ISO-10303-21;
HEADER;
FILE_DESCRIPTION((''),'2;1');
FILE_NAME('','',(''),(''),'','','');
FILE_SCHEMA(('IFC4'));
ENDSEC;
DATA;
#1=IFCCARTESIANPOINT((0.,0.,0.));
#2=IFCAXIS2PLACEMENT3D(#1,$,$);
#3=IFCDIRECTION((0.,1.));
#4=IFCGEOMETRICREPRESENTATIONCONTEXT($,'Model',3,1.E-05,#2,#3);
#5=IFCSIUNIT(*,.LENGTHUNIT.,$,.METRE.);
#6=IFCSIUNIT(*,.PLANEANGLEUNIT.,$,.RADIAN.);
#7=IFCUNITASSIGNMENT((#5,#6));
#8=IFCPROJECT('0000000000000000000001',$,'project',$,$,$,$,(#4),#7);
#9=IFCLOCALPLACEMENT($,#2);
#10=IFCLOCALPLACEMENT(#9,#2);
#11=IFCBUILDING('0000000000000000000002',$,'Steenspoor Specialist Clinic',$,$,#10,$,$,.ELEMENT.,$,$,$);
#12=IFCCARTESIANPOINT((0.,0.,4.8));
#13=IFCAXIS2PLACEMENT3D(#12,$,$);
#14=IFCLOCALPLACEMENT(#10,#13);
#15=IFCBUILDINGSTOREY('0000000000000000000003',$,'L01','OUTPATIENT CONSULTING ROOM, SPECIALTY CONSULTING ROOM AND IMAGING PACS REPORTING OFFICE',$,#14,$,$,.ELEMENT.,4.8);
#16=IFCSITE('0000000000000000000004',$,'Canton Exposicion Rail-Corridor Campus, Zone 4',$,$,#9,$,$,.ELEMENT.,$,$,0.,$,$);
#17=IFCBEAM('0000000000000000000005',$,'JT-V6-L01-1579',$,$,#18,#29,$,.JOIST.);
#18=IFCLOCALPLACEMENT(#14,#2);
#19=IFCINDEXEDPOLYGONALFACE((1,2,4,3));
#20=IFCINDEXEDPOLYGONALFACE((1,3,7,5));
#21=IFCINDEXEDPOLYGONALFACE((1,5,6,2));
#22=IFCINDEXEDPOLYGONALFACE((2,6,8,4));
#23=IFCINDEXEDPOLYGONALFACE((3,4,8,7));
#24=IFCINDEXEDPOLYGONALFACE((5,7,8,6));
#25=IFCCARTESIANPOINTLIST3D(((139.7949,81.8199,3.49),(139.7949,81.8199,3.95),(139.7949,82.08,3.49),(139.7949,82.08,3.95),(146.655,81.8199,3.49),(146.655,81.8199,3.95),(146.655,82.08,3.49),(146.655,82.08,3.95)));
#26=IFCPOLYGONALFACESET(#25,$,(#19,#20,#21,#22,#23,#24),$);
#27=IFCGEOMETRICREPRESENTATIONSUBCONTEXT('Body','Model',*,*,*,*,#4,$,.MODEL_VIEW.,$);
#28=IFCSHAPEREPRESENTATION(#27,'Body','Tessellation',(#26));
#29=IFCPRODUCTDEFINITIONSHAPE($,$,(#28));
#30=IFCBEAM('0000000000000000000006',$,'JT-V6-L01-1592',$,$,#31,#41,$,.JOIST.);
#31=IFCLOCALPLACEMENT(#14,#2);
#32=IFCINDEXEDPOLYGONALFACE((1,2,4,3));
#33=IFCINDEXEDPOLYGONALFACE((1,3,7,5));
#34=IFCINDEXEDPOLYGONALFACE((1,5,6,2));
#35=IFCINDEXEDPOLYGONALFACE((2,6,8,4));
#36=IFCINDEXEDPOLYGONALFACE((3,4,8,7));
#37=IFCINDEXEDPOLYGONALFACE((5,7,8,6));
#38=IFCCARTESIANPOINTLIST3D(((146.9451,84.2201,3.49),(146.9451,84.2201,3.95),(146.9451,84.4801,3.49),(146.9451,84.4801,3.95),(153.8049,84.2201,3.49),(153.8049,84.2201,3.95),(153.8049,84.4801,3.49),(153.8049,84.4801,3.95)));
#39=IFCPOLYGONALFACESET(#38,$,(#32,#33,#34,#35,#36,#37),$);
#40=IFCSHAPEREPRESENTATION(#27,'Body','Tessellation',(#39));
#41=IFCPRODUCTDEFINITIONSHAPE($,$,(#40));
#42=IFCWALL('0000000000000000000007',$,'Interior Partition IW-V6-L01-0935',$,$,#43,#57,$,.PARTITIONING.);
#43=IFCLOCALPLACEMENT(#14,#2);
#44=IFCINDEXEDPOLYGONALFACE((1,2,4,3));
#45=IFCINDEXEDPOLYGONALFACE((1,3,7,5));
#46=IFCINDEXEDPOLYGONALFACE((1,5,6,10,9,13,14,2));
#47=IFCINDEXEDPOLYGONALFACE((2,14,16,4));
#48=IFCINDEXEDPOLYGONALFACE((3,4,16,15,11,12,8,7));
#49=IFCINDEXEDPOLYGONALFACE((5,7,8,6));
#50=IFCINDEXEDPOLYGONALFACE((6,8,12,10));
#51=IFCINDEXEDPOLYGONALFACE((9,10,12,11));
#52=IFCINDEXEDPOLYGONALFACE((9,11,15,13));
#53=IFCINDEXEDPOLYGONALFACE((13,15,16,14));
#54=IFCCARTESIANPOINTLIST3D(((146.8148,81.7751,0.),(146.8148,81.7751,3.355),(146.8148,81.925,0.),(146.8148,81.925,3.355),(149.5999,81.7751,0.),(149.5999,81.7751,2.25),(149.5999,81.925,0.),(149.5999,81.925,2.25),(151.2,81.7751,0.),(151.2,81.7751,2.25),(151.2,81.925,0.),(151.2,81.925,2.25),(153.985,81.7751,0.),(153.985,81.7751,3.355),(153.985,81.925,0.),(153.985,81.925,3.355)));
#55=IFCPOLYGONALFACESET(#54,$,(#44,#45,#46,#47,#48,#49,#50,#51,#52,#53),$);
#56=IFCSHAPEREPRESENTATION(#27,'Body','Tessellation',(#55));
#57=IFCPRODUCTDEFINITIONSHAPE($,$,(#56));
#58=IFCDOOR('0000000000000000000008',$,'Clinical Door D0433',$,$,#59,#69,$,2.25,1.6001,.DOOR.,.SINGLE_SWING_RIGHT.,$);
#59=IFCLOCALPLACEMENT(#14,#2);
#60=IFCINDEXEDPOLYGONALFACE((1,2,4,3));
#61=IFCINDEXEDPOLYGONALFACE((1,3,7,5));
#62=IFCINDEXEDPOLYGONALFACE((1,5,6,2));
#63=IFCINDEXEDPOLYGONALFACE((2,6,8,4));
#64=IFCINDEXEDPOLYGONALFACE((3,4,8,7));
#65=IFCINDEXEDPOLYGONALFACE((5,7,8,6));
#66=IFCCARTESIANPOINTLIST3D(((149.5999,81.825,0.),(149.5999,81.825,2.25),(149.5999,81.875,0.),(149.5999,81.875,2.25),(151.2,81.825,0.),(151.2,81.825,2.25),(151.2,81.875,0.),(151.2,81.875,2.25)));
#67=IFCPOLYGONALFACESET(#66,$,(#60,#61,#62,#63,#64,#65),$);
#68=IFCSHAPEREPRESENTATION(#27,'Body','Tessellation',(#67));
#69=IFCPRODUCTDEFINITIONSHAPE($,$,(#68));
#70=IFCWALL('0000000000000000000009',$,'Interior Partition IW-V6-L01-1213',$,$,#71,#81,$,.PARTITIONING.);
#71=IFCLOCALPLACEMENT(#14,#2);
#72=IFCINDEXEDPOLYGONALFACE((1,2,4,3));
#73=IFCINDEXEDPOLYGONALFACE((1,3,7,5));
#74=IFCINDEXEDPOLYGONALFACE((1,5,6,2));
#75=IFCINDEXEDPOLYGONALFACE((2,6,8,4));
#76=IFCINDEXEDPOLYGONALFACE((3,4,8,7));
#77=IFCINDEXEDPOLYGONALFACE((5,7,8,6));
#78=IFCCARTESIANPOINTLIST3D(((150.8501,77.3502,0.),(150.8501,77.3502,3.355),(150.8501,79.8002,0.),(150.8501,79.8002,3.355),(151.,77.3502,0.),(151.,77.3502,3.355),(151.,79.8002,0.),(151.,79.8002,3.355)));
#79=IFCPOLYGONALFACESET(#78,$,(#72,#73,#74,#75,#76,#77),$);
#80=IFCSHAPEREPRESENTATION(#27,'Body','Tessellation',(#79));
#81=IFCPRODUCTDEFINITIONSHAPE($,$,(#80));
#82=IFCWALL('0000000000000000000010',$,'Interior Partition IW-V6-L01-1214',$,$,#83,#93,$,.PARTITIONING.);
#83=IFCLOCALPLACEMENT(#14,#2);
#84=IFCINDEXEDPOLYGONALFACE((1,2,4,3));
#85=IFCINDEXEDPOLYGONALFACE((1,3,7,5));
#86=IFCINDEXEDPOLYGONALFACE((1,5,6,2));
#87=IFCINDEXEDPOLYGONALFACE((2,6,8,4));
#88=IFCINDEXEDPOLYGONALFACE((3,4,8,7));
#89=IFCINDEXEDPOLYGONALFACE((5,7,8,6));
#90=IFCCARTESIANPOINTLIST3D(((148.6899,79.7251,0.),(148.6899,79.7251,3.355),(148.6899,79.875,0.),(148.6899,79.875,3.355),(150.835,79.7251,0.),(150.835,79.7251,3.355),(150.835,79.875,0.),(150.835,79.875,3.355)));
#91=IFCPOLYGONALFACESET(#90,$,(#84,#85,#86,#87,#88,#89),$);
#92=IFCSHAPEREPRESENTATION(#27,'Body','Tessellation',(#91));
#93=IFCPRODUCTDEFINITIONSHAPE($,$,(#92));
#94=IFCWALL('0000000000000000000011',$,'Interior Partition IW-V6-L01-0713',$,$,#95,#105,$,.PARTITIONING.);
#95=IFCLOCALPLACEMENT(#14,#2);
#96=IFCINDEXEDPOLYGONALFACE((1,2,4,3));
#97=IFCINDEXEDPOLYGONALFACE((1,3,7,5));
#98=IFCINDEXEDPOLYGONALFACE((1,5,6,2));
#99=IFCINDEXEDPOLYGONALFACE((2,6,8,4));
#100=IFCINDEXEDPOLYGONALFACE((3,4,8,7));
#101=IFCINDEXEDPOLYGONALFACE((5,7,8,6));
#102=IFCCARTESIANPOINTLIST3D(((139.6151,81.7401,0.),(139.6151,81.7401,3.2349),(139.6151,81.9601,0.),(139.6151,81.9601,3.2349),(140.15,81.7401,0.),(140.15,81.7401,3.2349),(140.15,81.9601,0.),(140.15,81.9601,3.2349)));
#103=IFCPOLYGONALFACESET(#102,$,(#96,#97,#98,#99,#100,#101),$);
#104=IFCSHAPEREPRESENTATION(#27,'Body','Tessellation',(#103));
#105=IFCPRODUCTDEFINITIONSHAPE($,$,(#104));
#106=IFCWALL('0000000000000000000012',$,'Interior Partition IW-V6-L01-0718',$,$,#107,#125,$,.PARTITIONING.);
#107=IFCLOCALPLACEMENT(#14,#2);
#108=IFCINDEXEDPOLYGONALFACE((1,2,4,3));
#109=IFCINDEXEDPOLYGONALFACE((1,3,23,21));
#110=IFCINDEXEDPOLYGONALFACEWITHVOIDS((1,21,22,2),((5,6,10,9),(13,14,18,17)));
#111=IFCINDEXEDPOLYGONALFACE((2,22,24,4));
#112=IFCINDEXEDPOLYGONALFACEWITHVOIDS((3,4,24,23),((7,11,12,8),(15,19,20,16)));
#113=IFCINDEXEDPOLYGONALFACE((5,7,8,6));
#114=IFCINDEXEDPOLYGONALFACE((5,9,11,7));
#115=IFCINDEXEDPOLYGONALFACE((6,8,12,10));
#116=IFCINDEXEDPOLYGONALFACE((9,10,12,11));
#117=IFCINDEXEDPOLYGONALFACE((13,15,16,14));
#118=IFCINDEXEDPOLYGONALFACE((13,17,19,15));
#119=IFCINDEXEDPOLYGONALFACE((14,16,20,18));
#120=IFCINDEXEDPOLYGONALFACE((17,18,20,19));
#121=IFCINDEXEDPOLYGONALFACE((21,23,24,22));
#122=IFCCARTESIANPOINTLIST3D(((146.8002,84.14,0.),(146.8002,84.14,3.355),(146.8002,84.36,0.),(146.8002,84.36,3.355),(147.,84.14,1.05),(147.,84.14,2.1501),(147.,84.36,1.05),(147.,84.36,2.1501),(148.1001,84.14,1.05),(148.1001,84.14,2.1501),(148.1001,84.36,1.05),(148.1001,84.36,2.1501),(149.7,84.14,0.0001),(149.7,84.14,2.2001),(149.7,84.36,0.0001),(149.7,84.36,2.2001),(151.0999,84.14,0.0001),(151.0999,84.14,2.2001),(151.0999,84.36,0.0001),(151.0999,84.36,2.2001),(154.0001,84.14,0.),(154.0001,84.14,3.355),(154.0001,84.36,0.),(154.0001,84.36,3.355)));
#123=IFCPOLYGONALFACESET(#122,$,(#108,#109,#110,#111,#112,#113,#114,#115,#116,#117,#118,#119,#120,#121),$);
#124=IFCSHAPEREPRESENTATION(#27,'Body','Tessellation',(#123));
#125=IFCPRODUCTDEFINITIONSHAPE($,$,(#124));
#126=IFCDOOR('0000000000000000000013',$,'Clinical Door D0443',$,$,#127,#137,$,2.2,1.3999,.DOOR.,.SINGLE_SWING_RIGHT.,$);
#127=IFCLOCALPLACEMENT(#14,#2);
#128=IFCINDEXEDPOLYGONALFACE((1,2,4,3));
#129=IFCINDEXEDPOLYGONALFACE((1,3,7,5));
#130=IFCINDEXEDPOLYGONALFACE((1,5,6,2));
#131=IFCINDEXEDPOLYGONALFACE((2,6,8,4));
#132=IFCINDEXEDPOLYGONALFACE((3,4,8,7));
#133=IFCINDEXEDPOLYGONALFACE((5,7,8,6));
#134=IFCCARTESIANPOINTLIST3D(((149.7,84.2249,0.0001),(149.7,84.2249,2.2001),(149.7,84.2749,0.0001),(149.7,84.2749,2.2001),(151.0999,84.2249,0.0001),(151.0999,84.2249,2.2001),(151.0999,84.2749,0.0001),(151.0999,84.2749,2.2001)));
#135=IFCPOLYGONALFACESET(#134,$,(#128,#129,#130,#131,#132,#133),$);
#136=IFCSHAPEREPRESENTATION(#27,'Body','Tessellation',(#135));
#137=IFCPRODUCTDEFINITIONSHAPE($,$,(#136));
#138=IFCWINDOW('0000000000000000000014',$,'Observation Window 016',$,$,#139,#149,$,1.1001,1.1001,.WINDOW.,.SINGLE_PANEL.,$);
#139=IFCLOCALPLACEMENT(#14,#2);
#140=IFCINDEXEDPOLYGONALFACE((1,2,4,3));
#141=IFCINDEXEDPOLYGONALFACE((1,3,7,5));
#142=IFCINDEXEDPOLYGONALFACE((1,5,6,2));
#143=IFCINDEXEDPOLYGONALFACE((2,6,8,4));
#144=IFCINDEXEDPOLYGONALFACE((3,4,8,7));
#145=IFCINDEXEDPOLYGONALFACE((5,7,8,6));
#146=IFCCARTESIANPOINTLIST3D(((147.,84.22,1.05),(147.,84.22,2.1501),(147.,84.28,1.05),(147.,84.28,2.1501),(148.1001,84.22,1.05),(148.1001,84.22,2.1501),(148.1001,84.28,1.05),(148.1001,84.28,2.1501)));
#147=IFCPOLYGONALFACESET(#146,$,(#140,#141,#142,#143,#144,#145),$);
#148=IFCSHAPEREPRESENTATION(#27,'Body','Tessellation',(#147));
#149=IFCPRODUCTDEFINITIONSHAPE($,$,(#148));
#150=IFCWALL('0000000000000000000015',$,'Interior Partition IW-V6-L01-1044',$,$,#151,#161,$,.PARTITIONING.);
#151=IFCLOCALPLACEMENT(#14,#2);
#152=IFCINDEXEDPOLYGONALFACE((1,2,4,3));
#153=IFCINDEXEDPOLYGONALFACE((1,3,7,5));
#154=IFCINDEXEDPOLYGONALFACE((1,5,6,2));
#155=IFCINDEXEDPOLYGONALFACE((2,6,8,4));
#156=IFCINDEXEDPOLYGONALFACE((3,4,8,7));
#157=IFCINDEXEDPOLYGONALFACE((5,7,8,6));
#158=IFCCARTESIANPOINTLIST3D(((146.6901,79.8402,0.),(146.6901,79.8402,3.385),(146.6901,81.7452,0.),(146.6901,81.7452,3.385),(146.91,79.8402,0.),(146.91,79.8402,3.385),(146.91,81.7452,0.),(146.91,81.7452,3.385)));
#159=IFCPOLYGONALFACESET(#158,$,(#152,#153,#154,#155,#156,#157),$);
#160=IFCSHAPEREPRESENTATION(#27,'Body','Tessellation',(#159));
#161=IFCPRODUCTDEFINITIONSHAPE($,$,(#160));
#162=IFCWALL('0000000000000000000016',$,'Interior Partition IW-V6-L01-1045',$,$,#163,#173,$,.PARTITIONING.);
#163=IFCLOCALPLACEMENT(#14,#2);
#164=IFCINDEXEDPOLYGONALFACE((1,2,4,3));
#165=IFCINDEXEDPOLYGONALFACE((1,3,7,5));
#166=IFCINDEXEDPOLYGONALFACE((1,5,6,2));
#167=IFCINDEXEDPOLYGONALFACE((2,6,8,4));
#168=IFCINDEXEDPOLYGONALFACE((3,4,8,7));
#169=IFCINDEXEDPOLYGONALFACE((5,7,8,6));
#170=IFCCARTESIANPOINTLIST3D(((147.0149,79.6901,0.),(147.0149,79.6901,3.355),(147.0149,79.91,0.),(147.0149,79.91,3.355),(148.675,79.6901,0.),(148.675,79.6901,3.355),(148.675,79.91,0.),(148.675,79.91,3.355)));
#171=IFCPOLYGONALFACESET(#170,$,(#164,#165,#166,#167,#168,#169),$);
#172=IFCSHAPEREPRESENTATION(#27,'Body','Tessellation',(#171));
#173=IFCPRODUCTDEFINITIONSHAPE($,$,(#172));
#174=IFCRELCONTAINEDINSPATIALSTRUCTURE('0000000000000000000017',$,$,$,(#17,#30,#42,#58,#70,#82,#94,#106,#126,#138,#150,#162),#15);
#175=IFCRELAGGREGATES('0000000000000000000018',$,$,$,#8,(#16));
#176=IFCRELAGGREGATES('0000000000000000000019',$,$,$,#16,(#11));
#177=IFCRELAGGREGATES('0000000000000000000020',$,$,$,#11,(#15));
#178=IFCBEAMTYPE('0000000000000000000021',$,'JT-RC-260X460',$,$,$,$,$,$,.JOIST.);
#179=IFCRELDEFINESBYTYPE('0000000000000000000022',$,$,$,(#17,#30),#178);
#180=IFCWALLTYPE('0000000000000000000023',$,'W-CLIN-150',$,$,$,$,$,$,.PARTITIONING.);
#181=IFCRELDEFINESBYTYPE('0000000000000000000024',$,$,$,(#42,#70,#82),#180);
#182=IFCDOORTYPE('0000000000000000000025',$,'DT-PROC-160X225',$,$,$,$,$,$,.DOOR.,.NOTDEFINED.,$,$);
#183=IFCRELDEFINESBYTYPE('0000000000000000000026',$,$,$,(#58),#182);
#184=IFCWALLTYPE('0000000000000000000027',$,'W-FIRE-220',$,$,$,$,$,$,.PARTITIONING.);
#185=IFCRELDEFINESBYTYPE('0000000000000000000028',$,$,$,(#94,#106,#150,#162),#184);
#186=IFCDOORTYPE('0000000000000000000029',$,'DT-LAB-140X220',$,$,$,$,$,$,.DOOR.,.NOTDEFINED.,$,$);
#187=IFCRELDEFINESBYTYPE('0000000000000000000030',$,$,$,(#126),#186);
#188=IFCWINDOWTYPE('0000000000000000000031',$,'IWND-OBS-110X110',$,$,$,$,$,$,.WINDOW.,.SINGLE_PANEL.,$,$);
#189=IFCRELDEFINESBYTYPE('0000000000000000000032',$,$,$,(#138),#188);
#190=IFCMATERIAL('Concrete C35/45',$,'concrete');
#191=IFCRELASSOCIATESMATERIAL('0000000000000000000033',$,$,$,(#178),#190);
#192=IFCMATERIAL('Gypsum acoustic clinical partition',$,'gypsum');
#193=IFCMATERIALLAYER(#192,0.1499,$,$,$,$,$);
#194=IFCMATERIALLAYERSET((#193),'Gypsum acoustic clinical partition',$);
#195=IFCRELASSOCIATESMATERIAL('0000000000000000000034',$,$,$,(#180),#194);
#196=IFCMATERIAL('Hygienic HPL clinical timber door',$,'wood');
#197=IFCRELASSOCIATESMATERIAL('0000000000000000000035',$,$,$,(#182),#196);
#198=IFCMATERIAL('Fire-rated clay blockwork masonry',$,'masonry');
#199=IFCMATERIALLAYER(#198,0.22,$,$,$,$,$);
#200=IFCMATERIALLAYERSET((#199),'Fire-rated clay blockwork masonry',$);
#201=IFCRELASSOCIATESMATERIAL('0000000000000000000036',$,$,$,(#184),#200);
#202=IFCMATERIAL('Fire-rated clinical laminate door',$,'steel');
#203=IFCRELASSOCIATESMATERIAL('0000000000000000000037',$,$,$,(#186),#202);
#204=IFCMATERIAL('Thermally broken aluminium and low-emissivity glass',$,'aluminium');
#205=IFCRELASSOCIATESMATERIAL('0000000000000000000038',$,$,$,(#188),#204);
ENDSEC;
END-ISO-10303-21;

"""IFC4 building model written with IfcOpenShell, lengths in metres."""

from ifc_helpers import new_model, si_unit, direction, frame, frame_2d, origin, origin_2d, place, context, subcontext, project, spatial, rectangle, extrude, material, layer, layer_set, material_profile, profile_set, type_object, element, fill, save


model = new_model("IFC4")

# Units and contexts
model_context = context("Model", 3, precision=1e-05, world=origin(), true_north=direction((0.0, 1.0)))
body_context = subcontext(model_context, "Body", "Model", "MODEL_VIEW")
ifc_project = project(units=[si_unit("LENGTHUNIT", "METRE"), si_unit("PLANEANGLEUNIT", "RADIAN")], contexts=[model_context])

# Site, building, storey
site_placement = place(None, origin())
site = spatial("IfcSite", under=ifc_project, at=site_placement, Name="Canton Exposicion Rail-Corridor Campus, Zone 4", CompositionType="ELEMENT", RefElevation=0.0)
building_placement = place(site_placement, origin())
building = spatial("IfcBuilding", under=site, at=building_placement, Name="Steenspoor Specialist Clinic", CompositionType="ELEMENT")
storey_placement = place(building_placement, frame((0.0, 0.0, 4.8)))
storey = spatial("IfcBuildingStorey", under=building, at=storey_placement, Name="L01", Description="OUTPATIENT CONSULTING ROOM, SPECIALTY CONSULTING ROOM AND IMAGING PACS REPORTING OFFICE", CompositionType="ELEMENT", Elevation=4.8)

# Beams
ifc_material_1 = material(Name="Concrete C35/45", Category="concrete")
ifc_material_profile_1 = material_profile(ifc_material_1, rectangle(XDim=0.26, YDim=0.46, at=origin_2d()), Name="RC-JT-260X460")
ifc_profile_set_1 = profile_set([ifc_material_profile_1], Name="Concrete C35/45")
beam_type_1 = type_object("IfcBeamType", Name="JT-RC-260X460", PredefinedType="JOIST", material=ifc_profile_set_1)
beam_1_placement = place(storey_placement, frame((139.7949, 81.95, 3.72), z_axis=(1.0, 0.0, 0.0), x_axis=(0.0, 1.0, 0.0)))
element("IfcBeam", 1, at=beam_1_placement, inside=storey, type_object=beam_type_1, Name="JT-V6-L01-1579", PredefinedType="JOIST", context=body_context, shape_type="SweptSolid", body=[
    extrude(rectangle(XDim=0.26, YDim=0.46, at=origin_2d()), origin(), (0.0, 0.0, 1.0), 6.8601),
])
beam_2_placement = place(storey_placement, frame((146.9451, 84.3501, 3.72), z_axis=(1.0, 0.0, 0.0), x_axis=(0.0, 1.0, 0.0)))
element("IfcBeam", 2, at=beam_2_placement, inside=storey, type_object=beam_type_1, Name="JT-V6-L01-1592", PredefinedType="JOIST", context=body_context, shape_type="SweptSolid", body=[
    extrude(rectangle(XDim=0.26, YDim=0.46, at=origin_2d()), origin(), (0.0, 0.0, 1.0), 6.8599),
])

# Wall, opening, door
ifc_material_2 = material(Name="Gypsum acoustic clinical partition", Category="gypsum")
ifc_layer_1 = layer(ifc_material_2, 0.1499)
ifc_layer_set_1 = layer_set([ifc_layer_1], Name="Gypsum acoustic clinical partition")
wall_type_1 = type_object("IfcWallType", Name="W-CLIN-150", PredefinedType="PARTITIONING", material=ifc_layer_set_1)
wall_1_placement = place(storey_placement, frame((146.8149, 81.8501, 0.0), z_axis=(0.0, 0.0, 1.0), x_axis=(1.0, 0.0, 0.0)))
wall_1 = element("IfcWall", 3, at=wall_1_placement, inside=storey, type_object=wall_type_1, Name="Interior Partition IW-V6-L01-0935", PredefinedType="PARTITIONING", context=body_context, shape_type="SweptSolid", body=[
    extrude(rectangle(XDim=7.1702, YDim=0.1499, at=frame_2d((3.585, 0.0))), origin(), (0.0, 0.0, 1.0), 3.355),
])
opening_1_placement = place(wall_1_placement, frame((2.7849, 0.0, 0.0)))
opening_1 = element("IfcOpeningElement", 4, at=opening_1_placement, cuts=wall_1, PredefinedType="OPENING", context=body_context, shape_type="SweptSolid", body=[
    extrude(rectangle(XDim=1.6001, YDim=2.25, at=frame_2d((0.8, 1.125))), frame((0.0, 0.085, 0.0), z_axis=(0.0, -1.0, 0.0), x_axis=(1.0, 0.0, 0.0)), (0.0, 0.0, 1.0), 0.1699),
])
ifc_material_3 = material(Name="Hygienic HPL clinical timber door", Category="wood")
door_type_1 = type_object("IfcDoorType", Name="DT-PROC-160X225", OperationType="NOTDEFINED", PredefinedType="DOOR", material=ifc_material_3)
door_1_placement = place(opening_1_placement, origin())
door_1 = element("IfcDoor", 5, at=door_1_placement, inside=storey, type_object=door_type_1, Name="Clinical Door D0433", OperationType="SINGLE_SWING_RIGHT", OverallHeight=2.25, OverallWidth=1.6001, PredefinedType="DOOR", context=body_context, shape_type="SweptSolid", body=[
    extrude(rectangle(XDim=1.6001, YDim=2.25, at=frame_2d((0.8, 1.125))), frame((0.0, 0.0249, 0.0), z_axis=(0.0, -1.0, 0.0), x_axis=(1.0, 0.0, 0.0)), (0.0, 0.0, 1.0), 0.05),
])
fill(opening_1, door_1)

# Walls
wall_2_placement = place(storey_placement, frame((150.925, 77.3501, 0.0), z_axis=(0.0, 0.0, 1.0), x_axis=(0.0, 1.0, 0.0)))
element("IfcWall", 6, at=wall_2_placement, inside=storey, type_object=wall_type_1, Name="Interior Partition IW-V6-L01-1213", PredefinedType="PARTITIONING", context=body_context, shape_type="SweptSolid", body=[
    extrude(rectangle(XDim=2.45, YDim=0.1499, at=frame_2d((1.2251, 0.0))), origin(), (0.0, 0.0, 1.0), 3.355),
])
wall_3_placement = place(storey_placement, frame((148.6899, 79.8, 0.0), z_axis=(0.0, 0.0, 1.0), x_axis=(1.0, 0.0, 0.0)))
element("IfcWall", 7, at=wall_3_placement, inside=storey, type_object=wall_type_1, Name="Interior Partition IW-V6-L01-1214", PredefinedType="PARTITIONING", context=body_context, shape_type="SweptSolid", body=[
    extrude(rectangle(XDim=2.145, YDim=0.1499, at=frame_2d((1.0725, 0.0))), origin(), (0.0, 0.0, 1.0), 3.355),
])
ifc_material_4 = material(Name="Fire-rated clay blockwork masonry", Category="masonry")
ifc_layer_2 = layer(ifc_material_4, 0.22)
ifc_layer_set_2 = layer_set([ifc_layer_2], Name="Fire-rated clay blockwork masonry")
wall_type_2 = type_object("IfcWallType", Name="W-FIRE-220", PredefinedType="PARTITIONING", material=ifc_layer_set_2)
wall_4_placement = place(storey_placement, frame((139.615, 81.8501, 0.0), z_axis=(0.0, 0.0, 1.0), x_axis=(1.0, 0.0, 0.0)))
element("IfcWall", 8, at=wall_4_placement, inside=storey, type_object=wall_type_2, Name="Interior Partition IW-V6-L01-0713", PredefinedType="PARTITIONING", context=body_context, shape_type="SweptSolid", body=[
    extrude(rectangle(XDim=0.5349, YDim=0.22, at=frame_2d((0.2676, 0.0))), origin(), (0.0, 0.0, 1.0), 3.2349),
])

# Wall, openings, door, window
wall_5_placement = place(storey_placement, frame((146.8, 84.25, 0.0), z_axis=(0.0, 0.0, 1.0), x_axis=(1.0, 0.0, 0.0)))
wall_5 = element("IfcWall", 9, at=wall_5_placement, inside=storey, type_object=wall_type_2, Name="Interior Partition IW-V6-L01-0718", PredefinedType="PARTITIONING", context=body_context, shape_type="SweptSolid", body=[
    extrude(rectangle(XDim=7.2, YDim=0.22, at=frame_2d((3.6001, 0.0))), origin(), (0.0, 0.0, 1.0), 3.355),
])
opening_2_placement = place(wall_5_placement, frame((2.8999, 0.0, 0.0)))
opening_2 = element("IfcOpeningElement", 10, at=opening_2_placement, cuts=wall_5, PredefinedType="OPENING", context=body_context, shape_type="SweptSolid", body=[
    extrude(rectangle(XDim=1.3999, YDim=2.2, at=frame_2d((0.7, 1.1001))), frame((0.0, 0.1201, 0.0), z_axis=(0.0, -1.0, 0.0), x_axis=(1.0, 0.0, 0.0)), (0.0, 0.0, 1.0), 0.24),
])
opening_3_placement = place(wall_5_placement, frame((0.2, 0.0, 1.05)))
opening_3 = element("IfcOpeningElement", 11, at=opening_3_placement, cuts=wall_5, PredefinedType="OPENING", context=body_context, shape_type="SweptSolid", body=[
    extrude(rectangle(XDim=1.1001, YDim=1.1001, at=frame_2d((0.55, 0.55))), frame((0.0, 0.1201, 0.0), z_axis=(0.0, -1.0, 0.0), x_axis=(1.0, 0.0, 0.0)), (0.0, 0.0, 1.0), 0.24),
])
ifc_material_5 = material(Name="Fire-rated clinical laminate door", Category="steel")
door_type_2 = type_object("IfcDoorType", Name="DT-LAB-140X220", OperationType="NOTDEFINED", PredefinedType="DOOR", material=ifc_material_5)
door_2_placement = place(opening_2_placement, origin())
door_2 = element("IfcDoor", 12, at=door_2_placement, inside=storey, type_object=door_type_2, Name="Clinical Door D0443", OperationType="SINGLE_SWING_RIGHT", OverallHeight=2.2, OverallWidth=1.3999, PredefinedType="DOOR", context=body_context, shape_type="SweptSolid", body=[
    extrude(rectangle(XDim=1.3999, YDim=2.2, at=frame_2d((0.7, 1.1001))), frame((0.0, 0.0249, 0.0), z_axis=(0.0, -1.0, 0.0), x_axis=(1.0, 0.0, 0.0)), (0.0, 0.0, 1.0), 0.05),
])
fill(opening_2, door_2)
ifc_material_6 = material(Name="Thermally broken aluminium and low-emissivity glass", Category="aluminium")
window_type = type_object("IfcWindowType", Name="IWND-OBS-110X110", PartitioningType="SINGLE_PANEL", PredefinedType="WINDOW", material=ifc_material_6)
window_placement = place(opening_3_placement, origin())
window = element("IfcWindow", 13, at=window_placement, inside=storey, type_object=window_type, Name="Observation Window 016", OverallHeight=1.1001, OverallWidth=1.1001, PartitioningType="SINGLE_PANEL", PredefinedType="WINDOW", context=body_context, shape_type="SweptSolid", body=[
    extrude(rectangle(XDim=1.1001, YDim=1.1001, at=frame_2d((0.55, 0.55))), frame((0.0, 0.03, 0.0), z_axis=(0.0, -1.0, 0.0), x_axis=(1.0, 0.0, 0.0)), (0.0, 0.0, 1.0), 0.0601),
])
fill(opening_3, window)

# Walls
wall_6_placement = place(storey_placement, frame((146.8, 79.8401, 0.0), z_axis=(0.0, 0.0, 1.0), x_axis=(0.0, 1.0, 0.0)))
element("IfcWall", 14, at=wall_6_placement, inside=storey, type_object=wall_type_2, Name="Interior Partition IW-V6-L01-1044", PredefinedType="PARTITIONING", context=body_context, shape_type="SweptSolid", body=[
    extrude(rectangle(XDim=1.905, YDim=0.22, at=frame_2d((0.9526, 0.0))), origin(), (0.0, 0.0, 1.0), 3.385),
])
wall_7_placement = place(storey_placement, frame((147.0149, 79.8, 0.0), z_axis=(0.0, 0.0, 1.0), x_axis=(1.0, 0.0, 0.0)))
element("IfcWall", 15, at=wall_7_placement, inside=storey, type_object=wall_type_2, Name="Interior Partition IW-V6-L01-1045", PredefinedType="PARTITIONING", context=body_context, shape_type="SweptSolid", body=[
    extrude(rectangle(XDim=1.6602, YDim=0.22, at=frame_2d((0.8301, 0.0))), origin(), (0.0, 0.0, 1.0), 3.355),
])

save(model, "model.ifc")
